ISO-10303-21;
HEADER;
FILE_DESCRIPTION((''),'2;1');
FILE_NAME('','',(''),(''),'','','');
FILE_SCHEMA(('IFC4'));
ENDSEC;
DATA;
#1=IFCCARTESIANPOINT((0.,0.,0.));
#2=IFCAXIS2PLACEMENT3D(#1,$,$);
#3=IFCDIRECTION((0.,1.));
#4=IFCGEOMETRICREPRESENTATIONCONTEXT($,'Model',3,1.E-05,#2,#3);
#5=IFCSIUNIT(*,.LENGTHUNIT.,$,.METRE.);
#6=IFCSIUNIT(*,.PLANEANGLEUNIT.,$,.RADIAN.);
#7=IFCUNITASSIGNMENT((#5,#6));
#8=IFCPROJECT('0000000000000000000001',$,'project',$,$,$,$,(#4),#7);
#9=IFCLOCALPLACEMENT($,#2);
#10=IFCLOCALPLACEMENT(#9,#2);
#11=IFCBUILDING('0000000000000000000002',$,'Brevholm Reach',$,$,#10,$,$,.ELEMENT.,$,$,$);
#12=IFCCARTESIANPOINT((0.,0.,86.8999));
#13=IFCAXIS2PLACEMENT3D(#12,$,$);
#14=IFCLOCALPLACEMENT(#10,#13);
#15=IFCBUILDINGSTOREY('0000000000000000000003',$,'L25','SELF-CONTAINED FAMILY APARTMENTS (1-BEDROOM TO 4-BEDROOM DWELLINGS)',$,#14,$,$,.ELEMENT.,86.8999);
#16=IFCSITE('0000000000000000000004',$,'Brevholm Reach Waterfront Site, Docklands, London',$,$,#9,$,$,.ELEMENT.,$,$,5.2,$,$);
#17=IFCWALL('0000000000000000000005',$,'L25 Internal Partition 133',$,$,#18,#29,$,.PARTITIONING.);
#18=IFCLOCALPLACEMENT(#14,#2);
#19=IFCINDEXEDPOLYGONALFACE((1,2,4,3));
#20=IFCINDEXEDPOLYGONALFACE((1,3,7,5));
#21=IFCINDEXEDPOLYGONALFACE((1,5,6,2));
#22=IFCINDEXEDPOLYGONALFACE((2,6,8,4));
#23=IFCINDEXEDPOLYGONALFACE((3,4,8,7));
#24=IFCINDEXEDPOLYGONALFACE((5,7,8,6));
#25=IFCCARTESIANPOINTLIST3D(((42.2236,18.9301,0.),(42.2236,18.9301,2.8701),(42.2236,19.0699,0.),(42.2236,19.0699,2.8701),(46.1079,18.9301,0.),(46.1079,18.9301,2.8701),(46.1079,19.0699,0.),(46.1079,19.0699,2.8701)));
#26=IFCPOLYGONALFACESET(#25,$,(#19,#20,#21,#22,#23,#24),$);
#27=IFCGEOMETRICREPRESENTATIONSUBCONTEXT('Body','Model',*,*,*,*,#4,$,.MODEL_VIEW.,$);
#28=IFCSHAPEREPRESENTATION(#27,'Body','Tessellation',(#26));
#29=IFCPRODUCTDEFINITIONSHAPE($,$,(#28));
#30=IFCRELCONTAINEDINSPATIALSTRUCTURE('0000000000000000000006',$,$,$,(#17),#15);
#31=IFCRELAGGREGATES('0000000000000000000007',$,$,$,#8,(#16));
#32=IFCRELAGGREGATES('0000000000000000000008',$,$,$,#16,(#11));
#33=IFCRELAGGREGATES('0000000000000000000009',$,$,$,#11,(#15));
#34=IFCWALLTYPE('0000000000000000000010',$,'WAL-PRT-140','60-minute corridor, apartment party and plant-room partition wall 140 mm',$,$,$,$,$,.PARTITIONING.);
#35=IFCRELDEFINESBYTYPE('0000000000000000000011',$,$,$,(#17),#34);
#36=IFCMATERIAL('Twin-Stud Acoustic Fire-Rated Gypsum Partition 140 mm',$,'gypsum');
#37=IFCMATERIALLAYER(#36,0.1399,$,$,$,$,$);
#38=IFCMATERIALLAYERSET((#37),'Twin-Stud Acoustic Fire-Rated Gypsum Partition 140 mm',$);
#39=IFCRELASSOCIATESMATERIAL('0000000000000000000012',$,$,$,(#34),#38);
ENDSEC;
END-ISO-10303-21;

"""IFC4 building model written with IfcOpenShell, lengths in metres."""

from ifc_helpers import new_model, si_unit, direction, frame, frame_2d, origin, place, context, subcontext, project, spatial, rectangle, extrude, material, layer, layer_set, type_object, element, save


model = new_model("IFC4")

# Units and contexts
model_context = context("Model", 3, precision=1e-05, world=origin(), true_north=direction((0.0, 1.0)))
body_context = subcontext(model_context, "Body", "Model", "MODEL_VIEW")
ifc_project = project(units=[si_unit("LENGTHUNIT", "METRE"), si_unit("PLANEANGLEUNIT", "RADIAN")], contexts=[model_context])

# Site, building, storey
site_placement = place(None, origin())
site = spatial("IfcSite", under=ifc_project, at=site_placement, Name="Brevholm Reach Waterfront Site, Docklands, London", CompositionType="ELEMENT", RefElevation=5.2)
building_placement = place(site_placement, origin())
building = spatial("IfcBuilding", under=site, at=building_placement, Name="Brevholm Reach", CompositionType="ELEMENT")
storey_placement = place(building_placement, frame((0.0, 0.0, 86.8999)))
storey = spatial("IfcBuildingStorey", under=building, at=storey_placement, Name="L25", Description="SELF-CONTAINED FAMILY APARTMENTS (1-BEDROOM TO 4-BEDROOM DWELLINGS)", CompositionType="ELEMENT", Elevation=86.8999)

# Wall
ifc_material_1 = material(Name="Twin-Stud Acoustic Fire-Rated Gypsum Partition 140 mm", Category="gypsum")
ifc_layer_1 = layer(ifc_material_1, 0.1399)
ifc_layer_set_1 = layer_set([ifc_layer_1], Name="Twin-Stud Acoustic Fire-Rated Gypsum Partition 140 mm")
wall_type_1 = type_object("IfcWallType", Name="WAL-PRT-140", Description="60-minute corridor, apartment party and plant-room partition wall 140 mm", PredefinedType="PARTITIONING", material=ifc_layer_set_1)
wall_1_placement = place(storey_placement, frame((42.2236, 19.0, 0.0), z_axis=(0.0, 0.0, 1.0), x_axis=(1.0, 0.0, 0.0)))
element("IfcWall", 1, at=wall_1_placement, inside=storey, type_object=wall_type_1, Name="L25 Internal Partition 133", PredefinedType="PARTITIONING", context=body_context, shape_type="SweptSolid", body=[
    extrude(rectangle(XDim=3.8843, YDim=0.1399, at=frame_2d((1.9421, 0.0))), origin(), (0.0, 0.0, 1.0), 2.8701),
])

save(model, "model.ifc")
